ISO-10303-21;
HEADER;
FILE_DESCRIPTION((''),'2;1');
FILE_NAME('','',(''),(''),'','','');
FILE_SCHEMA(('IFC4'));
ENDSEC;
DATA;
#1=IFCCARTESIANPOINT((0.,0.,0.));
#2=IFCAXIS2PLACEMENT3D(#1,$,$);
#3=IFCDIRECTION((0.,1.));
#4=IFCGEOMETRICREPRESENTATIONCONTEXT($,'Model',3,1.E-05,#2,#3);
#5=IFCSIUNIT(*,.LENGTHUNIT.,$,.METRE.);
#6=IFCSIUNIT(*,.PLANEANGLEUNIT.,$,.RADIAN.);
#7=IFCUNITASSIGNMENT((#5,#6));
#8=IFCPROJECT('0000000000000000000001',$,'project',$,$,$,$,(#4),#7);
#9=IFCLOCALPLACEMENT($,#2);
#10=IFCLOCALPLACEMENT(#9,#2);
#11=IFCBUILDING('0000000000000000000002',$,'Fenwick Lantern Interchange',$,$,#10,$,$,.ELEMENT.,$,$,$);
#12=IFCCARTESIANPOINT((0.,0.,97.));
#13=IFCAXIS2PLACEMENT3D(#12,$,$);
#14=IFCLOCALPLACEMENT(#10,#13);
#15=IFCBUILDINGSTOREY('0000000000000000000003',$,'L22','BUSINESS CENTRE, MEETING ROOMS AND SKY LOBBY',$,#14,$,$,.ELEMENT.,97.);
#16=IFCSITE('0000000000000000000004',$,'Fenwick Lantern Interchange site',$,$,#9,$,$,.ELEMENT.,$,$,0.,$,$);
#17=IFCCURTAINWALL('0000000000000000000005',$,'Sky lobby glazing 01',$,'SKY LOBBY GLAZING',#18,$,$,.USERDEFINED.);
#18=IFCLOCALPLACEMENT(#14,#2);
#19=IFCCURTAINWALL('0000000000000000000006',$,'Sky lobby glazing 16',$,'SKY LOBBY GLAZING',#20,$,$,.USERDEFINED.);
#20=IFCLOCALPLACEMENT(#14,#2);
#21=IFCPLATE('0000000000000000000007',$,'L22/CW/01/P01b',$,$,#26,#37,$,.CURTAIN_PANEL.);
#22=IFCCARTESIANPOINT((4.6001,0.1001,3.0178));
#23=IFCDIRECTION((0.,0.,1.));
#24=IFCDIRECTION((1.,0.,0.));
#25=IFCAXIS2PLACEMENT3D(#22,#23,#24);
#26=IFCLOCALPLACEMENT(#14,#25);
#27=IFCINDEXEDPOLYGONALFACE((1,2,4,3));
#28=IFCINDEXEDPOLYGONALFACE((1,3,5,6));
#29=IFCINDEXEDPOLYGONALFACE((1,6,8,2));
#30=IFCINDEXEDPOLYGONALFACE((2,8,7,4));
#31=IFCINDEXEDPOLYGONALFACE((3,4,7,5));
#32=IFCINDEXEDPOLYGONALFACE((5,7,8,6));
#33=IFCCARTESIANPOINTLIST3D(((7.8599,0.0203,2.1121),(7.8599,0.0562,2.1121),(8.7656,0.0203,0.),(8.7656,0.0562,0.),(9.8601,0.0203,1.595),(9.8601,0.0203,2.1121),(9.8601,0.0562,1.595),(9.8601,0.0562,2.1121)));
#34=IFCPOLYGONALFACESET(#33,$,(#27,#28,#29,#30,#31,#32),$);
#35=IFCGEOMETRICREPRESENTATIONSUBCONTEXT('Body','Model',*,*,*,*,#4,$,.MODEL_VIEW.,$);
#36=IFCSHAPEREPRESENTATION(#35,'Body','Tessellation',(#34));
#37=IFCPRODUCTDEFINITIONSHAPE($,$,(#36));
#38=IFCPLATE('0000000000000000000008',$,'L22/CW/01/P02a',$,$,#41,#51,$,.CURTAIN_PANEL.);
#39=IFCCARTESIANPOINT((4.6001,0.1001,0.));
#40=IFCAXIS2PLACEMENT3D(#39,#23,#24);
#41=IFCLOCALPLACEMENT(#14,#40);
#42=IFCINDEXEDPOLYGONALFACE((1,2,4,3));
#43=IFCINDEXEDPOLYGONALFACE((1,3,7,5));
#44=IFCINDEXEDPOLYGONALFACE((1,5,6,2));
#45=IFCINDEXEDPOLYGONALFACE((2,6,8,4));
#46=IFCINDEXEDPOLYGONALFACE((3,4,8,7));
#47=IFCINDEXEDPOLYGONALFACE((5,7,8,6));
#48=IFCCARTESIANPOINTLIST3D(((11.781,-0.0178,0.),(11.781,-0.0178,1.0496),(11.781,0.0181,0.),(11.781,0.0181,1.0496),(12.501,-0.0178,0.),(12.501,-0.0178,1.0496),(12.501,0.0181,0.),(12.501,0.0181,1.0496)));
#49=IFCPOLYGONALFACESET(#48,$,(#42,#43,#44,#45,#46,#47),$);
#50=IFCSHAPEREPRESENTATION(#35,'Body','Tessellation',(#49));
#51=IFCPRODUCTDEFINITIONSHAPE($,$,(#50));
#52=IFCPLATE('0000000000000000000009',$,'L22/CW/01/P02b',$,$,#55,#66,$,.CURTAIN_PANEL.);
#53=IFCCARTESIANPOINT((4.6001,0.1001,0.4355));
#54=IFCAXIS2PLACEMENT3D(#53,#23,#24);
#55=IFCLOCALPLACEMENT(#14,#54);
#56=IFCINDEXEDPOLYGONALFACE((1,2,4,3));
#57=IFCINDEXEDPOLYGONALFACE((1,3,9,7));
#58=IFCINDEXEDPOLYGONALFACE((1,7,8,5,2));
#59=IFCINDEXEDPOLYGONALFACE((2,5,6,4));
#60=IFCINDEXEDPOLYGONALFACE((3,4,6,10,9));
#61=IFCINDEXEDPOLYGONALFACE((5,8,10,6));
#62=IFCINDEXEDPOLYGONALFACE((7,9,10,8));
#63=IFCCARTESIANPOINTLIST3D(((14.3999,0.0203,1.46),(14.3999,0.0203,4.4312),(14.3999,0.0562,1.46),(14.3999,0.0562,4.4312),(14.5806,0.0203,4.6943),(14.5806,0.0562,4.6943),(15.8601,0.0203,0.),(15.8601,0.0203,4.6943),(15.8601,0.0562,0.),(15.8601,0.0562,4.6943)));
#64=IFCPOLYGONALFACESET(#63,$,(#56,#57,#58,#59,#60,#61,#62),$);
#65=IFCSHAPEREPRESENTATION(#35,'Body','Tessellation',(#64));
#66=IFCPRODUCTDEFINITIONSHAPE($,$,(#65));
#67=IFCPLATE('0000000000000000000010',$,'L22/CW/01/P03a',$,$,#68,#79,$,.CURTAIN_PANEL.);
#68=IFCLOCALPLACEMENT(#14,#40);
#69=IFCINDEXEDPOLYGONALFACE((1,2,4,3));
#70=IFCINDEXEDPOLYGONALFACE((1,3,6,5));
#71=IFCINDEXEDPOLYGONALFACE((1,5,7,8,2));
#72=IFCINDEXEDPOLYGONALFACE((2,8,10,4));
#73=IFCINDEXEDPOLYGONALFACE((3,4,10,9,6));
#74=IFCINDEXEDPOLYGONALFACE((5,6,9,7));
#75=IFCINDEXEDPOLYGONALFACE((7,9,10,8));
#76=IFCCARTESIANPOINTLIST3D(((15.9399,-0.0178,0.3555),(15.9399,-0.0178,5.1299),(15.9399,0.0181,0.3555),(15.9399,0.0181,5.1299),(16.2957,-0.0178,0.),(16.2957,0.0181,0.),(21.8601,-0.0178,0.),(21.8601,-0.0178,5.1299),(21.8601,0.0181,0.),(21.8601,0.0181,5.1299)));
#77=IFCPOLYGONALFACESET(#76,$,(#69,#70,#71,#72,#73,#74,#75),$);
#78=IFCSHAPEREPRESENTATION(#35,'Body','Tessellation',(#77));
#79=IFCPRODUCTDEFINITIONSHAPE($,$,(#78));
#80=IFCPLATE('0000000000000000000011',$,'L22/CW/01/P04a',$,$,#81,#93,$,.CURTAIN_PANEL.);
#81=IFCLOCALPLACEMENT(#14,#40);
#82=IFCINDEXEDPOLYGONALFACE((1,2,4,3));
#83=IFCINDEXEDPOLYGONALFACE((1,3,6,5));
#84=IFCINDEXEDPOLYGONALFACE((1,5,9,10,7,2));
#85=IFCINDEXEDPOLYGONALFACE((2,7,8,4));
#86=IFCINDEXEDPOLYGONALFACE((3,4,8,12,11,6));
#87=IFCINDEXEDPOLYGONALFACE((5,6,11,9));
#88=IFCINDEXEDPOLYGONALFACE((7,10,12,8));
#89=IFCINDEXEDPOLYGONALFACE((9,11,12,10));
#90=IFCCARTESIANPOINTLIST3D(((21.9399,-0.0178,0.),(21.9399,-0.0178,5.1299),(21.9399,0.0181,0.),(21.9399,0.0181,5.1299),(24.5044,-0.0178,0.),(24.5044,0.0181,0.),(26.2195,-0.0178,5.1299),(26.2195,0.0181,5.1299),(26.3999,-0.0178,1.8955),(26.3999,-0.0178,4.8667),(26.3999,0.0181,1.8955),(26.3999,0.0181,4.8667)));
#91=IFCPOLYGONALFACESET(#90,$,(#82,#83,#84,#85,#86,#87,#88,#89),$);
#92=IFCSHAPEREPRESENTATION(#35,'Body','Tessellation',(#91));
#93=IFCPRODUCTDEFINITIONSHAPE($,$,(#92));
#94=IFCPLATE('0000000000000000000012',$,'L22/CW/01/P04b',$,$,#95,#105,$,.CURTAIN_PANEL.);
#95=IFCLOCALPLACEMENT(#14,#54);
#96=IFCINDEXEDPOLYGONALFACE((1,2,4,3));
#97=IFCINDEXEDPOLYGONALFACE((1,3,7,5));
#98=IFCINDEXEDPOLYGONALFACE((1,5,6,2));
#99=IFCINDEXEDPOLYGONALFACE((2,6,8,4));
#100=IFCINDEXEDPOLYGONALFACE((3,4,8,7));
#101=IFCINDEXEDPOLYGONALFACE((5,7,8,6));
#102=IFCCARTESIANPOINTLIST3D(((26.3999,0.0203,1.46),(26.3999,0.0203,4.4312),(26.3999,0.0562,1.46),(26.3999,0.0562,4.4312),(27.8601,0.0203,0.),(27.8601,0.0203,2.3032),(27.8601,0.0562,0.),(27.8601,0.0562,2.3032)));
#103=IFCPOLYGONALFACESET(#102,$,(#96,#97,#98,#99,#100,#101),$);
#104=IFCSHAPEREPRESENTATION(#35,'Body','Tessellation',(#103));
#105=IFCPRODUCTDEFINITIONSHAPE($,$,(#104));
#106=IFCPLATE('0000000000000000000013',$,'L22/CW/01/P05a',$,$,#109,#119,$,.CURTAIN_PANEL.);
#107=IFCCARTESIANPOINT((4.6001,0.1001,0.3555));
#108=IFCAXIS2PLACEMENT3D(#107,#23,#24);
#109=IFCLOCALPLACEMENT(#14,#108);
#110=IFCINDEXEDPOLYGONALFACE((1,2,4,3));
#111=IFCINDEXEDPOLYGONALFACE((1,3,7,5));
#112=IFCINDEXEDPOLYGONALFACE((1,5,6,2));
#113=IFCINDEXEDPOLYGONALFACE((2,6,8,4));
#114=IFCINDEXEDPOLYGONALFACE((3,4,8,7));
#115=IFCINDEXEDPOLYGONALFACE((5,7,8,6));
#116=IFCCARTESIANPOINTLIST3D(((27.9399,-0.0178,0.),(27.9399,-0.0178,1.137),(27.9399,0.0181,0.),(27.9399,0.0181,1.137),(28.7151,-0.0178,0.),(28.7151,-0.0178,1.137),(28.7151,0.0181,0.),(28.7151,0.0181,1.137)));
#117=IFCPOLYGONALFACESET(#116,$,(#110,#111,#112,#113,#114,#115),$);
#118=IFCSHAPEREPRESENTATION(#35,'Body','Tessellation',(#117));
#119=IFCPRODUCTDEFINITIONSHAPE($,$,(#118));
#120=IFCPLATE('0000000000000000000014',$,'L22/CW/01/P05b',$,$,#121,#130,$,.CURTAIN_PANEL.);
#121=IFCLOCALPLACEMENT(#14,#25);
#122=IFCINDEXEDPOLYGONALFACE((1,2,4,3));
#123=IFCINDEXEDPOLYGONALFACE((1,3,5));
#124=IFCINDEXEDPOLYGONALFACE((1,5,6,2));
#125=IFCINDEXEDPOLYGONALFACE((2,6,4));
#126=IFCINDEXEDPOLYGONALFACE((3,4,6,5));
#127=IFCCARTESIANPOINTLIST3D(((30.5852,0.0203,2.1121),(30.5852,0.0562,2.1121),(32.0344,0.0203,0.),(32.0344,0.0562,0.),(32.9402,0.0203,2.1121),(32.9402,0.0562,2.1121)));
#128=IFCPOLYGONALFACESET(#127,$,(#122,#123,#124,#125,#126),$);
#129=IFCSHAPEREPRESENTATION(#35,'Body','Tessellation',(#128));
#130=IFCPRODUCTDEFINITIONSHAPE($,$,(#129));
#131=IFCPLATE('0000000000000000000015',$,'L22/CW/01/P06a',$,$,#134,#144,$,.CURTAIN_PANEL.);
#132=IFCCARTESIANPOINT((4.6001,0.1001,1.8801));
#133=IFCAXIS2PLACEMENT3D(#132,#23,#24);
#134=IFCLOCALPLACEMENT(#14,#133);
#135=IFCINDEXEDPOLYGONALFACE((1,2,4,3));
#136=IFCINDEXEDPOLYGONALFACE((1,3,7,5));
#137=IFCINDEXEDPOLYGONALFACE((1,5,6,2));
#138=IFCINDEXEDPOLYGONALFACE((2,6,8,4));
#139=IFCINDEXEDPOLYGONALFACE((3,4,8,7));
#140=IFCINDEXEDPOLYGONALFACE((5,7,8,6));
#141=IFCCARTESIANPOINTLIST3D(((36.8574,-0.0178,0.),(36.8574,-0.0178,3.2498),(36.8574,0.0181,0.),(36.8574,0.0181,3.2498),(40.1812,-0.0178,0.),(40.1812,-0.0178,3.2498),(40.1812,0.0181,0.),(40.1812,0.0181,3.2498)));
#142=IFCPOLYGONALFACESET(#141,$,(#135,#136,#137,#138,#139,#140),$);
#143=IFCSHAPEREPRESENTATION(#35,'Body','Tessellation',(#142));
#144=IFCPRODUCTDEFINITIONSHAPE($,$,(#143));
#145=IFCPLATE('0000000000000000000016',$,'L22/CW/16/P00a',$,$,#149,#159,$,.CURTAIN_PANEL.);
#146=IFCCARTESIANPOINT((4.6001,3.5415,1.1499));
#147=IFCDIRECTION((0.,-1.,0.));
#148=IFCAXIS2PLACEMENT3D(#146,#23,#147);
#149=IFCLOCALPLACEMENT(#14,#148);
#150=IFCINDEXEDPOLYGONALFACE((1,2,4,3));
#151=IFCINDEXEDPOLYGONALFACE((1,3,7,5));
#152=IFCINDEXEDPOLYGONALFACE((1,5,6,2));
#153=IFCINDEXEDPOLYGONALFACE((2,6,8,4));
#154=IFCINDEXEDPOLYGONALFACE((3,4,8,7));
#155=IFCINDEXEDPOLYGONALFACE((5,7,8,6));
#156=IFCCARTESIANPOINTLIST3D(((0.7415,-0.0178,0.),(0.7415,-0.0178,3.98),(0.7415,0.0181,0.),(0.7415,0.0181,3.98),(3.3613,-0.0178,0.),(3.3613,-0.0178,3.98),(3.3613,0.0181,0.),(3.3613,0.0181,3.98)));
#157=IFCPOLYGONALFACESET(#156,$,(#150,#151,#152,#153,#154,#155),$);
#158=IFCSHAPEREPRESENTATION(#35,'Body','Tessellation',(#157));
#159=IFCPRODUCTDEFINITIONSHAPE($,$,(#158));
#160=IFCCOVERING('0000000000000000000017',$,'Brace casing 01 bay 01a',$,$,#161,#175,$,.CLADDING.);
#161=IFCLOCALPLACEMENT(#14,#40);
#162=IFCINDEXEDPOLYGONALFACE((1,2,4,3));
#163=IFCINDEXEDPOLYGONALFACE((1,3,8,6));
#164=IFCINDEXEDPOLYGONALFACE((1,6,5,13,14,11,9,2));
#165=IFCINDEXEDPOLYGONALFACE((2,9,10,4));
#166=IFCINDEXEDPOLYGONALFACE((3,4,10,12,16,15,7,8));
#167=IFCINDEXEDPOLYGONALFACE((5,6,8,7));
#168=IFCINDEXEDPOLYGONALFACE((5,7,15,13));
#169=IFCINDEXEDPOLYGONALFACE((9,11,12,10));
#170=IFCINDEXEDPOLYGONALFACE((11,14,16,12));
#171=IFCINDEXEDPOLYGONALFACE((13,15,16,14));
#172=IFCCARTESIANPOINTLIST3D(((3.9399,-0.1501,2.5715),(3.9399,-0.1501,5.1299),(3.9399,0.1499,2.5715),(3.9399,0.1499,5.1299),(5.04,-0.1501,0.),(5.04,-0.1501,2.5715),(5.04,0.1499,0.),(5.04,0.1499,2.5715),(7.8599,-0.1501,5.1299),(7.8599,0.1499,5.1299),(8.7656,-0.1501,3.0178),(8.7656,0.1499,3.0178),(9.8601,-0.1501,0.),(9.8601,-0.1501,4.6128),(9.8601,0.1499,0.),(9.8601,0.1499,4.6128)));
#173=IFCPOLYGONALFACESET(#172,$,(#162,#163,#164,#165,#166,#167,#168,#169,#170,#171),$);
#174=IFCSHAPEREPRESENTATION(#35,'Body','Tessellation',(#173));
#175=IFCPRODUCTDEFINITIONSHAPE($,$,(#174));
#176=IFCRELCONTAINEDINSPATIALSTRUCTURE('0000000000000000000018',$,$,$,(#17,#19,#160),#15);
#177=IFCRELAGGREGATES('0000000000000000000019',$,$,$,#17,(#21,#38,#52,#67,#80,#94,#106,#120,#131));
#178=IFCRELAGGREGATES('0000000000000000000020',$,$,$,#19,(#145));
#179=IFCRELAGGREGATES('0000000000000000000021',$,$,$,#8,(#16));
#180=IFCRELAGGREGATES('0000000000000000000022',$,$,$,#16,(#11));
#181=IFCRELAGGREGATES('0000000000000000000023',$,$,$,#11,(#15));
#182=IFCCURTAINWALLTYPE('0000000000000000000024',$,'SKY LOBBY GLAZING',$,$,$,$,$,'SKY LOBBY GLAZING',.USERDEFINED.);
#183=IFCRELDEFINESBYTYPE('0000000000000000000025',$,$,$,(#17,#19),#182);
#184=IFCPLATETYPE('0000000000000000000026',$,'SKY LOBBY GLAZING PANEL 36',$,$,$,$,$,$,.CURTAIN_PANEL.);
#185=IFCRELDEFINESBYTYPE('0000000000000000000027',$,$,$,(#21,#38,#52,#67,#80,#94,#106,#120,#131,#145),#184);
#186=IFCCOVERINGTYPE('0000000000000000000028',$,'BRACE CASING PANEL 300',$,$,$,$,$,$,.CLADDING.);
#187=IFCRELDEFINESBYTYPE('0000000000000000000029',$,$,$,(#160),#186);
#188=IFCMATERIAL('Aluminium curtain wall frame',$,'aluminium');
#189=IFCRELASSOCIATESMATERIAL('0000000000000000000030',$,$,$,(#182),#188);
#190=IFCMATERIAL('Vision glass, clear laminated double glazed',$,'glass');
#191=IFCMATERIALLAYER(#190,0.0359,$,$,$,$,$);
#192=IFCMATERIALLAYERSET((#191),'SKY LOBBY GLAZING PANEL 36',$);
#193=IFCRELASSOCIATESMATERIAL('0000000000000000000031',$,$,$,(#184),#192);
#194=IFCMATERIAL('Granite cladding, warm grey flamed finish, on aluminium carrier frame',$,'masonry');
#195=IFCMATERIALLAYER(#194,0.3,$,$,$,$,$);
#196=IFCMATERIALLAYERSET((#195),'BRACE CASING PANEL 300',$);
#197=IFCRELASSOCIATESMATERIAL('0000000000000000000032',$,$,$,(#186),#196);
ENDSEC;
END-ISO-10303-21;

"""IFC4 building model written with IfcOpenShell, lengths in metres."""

from ifc_helpers import new_model, si_unit, direction, frame, origin, place, context, subcontext, project, spatial, polyline, outline, extrude, material, layer, layer_set, type_object, element, aggregate, save


model = new_model("IFC4")

# Units and contexts
model_context = context("Model", 3, precision=1e-05, world=origin(), true_north=direction((0.0, 1.0)))
body_context = subcontext(model_context, "Body", "Model", "MODEL_VIEW")
ifc_project = project(units=[si_unit("LENGTHUNIT", "METRE"), si_unit("PLANEANGLEUNIT", "RADIAN")], contexts=[model_context])

# Site, building, storey
site_placement = place(None, origin())
site = spatial("IfcSite", under=ifc_project, at=site_placement, Name="Fenwick Lantern Interchange site", CompositionType="ELEMENT", RefElevation=0.0)
building_placement = place(site_placement, origin())
building = spatial("IfcBuilding", under=site, at=building_placement, Name="Fenwick Lantern Interchange", CompositionType="ELEMENT")
storey_placement = place(building_placement, frame((0.0, 0.0, 97.0)))
storey = spatial("IfcBuildingStorey", under=building, at=storey_placement, Name="L22", Description="BUSINESS CENTRE, MEETING ROOMS AND SKY LOBBY", CompositionType="ELEMENT", Elevation=97.0)

# Curtain walls
ifc_material_1 = material(Name="Aluminium curtain wall frame", Category="aluminium")
curtain_wall_type = type_object("IfcCurtainWallType", Name="SKY LOBBY GLAZING", ElementType="SKY LOBBY GLAZING", PredefinedType="USERDEFINED", material=ifc_material_1)
curtain_wall_1_placement = place(storey_placement, origin())
curtain_wall_1 = element("IfcCurtainWall", 1, at=curtain_wall_1_placement, inside=storey, type_object=curtain_wall_type, Name="Sky lobby glazing 01", ObjectType="SKY LOBBY GLAZING", PredefinedType="USERDEFINED")
curtain_wall_2_placement = place(storey_placement, origin())
curtain_wall_2 = element("IfcCurtainWall", 2, at=curtain_wall_2_placement, inside=storey, type_object=curtain_wall_type, Name="Sky lobby glazing 16", ObjectType="SKY LOBBY GLAZING", PredefinedType="USERDEFINED")

# Plates
ifc_material_2 = material(Name="Vision glass, clear laminated double glazed", Category="glass")
ifc_layer_1 = layer(ifc_material_2, 0.0359)
ifc_layer_set_1 = layer_set([ifc_layer_1], Name="SKY LOBBY GLAZING PANEL 36")
plate_type = type_object("IfcPlateType", Name="SKY LOBBY GLAZING PANEL 36", PredefinedType="CURTAIN_PANEL", material=ifc_layer_set_1)
plate_1_placement = place(storey_placement, frame((4.6001, 0.1001, 3.0178), z_axis=(0.0, 0.0, 1.0), x_axis=(1.0, 0.0, 0.0)))
plate_1 = element("IfcPlate", 3, at=plate_1_placement, type_object=plate_type, Name="L22/CW/01/P01b", PredefinedType="CURTAIN_PANEL", context=body_context, shape_type="SweptSolid", body=[
    extrude(outline(polyline([(8.7656, 0.0), (9.8601, 1.595), (9.8601, 2.1121), (7.8599, 2.1121), (8.7656, 0.0)])), frame((0.0, 0.0562, 0.0), z_axis=(0.0, -1.0, 0.0), x_axis=(1.0, 0.0, 0.0)), (0.0, 0.0, 1.0), 0.0359),
])
plate_2_placement = place(storey_placement, frame((4.6001, 0.1001, 0.0), z_axis=(0.0, 0.0, 1.0), x_axis=(1.0, 0.0, 0.0)))
plate_2 = element("IfcPlate", 4, at=plate_2_placement, type_object=plate_type, Name="L22/CW/01/P02a", PredefinedType="CURTAIN_PANEL", context=body_context, shape_type="SweptSolid", body=[
    extrude(outline(polyline([(11.781, 0.0), (12.501, 0.0), (12.501, 1.0496), (11.781, 1.0496), (11.781, 0.0)])), frame((0.0, 0.0181, 0.0), z_axis=(0.0, -1.0, 0.0), x_axis=(1.0, 0.0, 0.0)), (0.0, 0.0, 1.0), 0.0359),
])
plate_3_placement = place(storey_placement, frame((4.6001, 0.1001, 0.4355), z_axis=(0.0, 0.0, 1.0), x_axis=(1.0, 0.0, 0.0)))
plate_3 = element("IfcPlate", 5, at=plate_3_placement, type_object=plate_type, Name="L22/CW/01/P02b", PredefinedType="CURTAIN_PANEL", context=body_context, shape_type="SweptSolid", body=[
    extrude(outline(polyline([(15.8601, 0.0), (15.8601, 4.6943), (14.5806, 4.6943), (14.3999, 4.4312), (14.3999, 1.46), (15.8601, 0.0)])), frame((0.0, 0.0562, 0.0), z_axis=(0.0, -1.0, 0.0), x_axis=(1.0, 0.0, 0.0)), (0.0, 0.0, 1.0), 0.0359),
])
plate_4_placement = place(storey_placement, frame((4.6001, 0.1001, 0.0), z_axis=(0.0, 0.0, 1.0), x_axis=(1.0, 0.0, 0.0)))
plate_4 = element("IfcPlate", 6, at=plate_4_placement, type_object=plate_type, Name="L22/CW/01/P03a", PredefinedType="CURTAIN_PANEL", context=body_context, shape_type="SweptSolid", body=[
    extrude(outline(polyline([(16.2957, 0.0), (21.8601, 0.0), (21.8601, 5.1299), (15.9399, 5.1299), (15.9399, 0.3555), (16.2957, 0.0)])), frame((0.0, 0.0181, 0.0), z_axis=(0.0, -1.0, 0.0), x_axis=(1.0, 0.0, 0.0)), (0.0, 0.0, 1.0), 0.0359),
])
plate_5_placement = place(storey_placement, frame((4.6001, 0.1001, 0.0), z_axis=(0.0, 0.0, 1.0), x_axis=(1.0, 0.0, 0.0)))
plate_5 = element("IfcPlate", 7, at=plate_5_placement, type_object=plate_type, Name="L22/CW/01/P04a", PredefinedType="CURTAIN_PANEL", context=body_context, shape_type="SweptSolid", body=[
    extrude(outline(polyline([(21.9399, 0.0), (24.5044, 0.0), (26.3999, 1.8955), (26.3999, 4.8667), (26.2195, 5.1299), (21.9399, 5.1299), (21.9399, 0.0)])), frame((0.0, 0.0181, 0.0), z_axis=(0.0, -1.0, 0.0), x_axis=(1.0, 0.0, 0.0)), (0.0, 0.0, 1.0), 0.0359),
])
plate_6_placement = place(storey_placement, frame((4.6001, 0.1001, 0.4355), z_axis=(0.0, 0.0, 1.0), x_axis=(1.0, 0.0, 0.0)))
plate_6 = element("IfcPlate", 8, at=plate_6_placement, type_object=plate_type, Name="L22/CW/01/P04b", PredefinedType="CURTAIN_PANEL", context=body_context, shape_type="SweptSolid", body=[
    extrude(outline(polyline([(27.8601, 0.0), (27.8601, 2.3032), (26.3999, 4.4312), (26.3999, 1.46), (27.8601, 0.0)])), frame((0.0, 0.0562, 0.0), z_axis=(0.0, -1.0, 0.0), x_axis=(1.0, 0.0, 0.0)), (0.0, 0.0, 1.0), 0.0359),
])
plate_7_placement = place(storey_placement, frame((4.6001, 0.1001, 0.3555), z_axis=(0.0, 0.0, 1.0), x_axis=(1.0, 0.0, 0.0)))
plate_7 = element("IfcPlate", 9, at=plate_7_placement, type_object=plate_type, Name="L22/CW/01/P05a", PredefinedType="CURTAIN_PANEL", context=body_context, shape_type="SweptSolid", body=[
    extrude(outline(polyline([(27.9399, 0.0), (28.7151, 0.0), (28.7151, 1.137), (27.9399, 1.137), (27.9399, 0.0)])), frame((0.0, 0.0181, 0.0), z_axis=(0.0, -1.0, 0.0), x_axis=(1.0, 0.0, 0.0)), (0.0, 0.0, 1.0), 0.0359),
])
plate_8_placement = place(storey_placement, frame((4.6001, 0.1001, 3.0178), z_axis=(0.0, 0.0, 1.0), x_axis=(1.0, 0.0, 0.0)))
plate_8 = element("IfcPlate", 10, at=plate_8_placement, type_object=plate_type, Name="L22/CW/01/P05b", PredefinedType="CURTAIN_PANEL", context=body_context, shape_type="SweptSolid", body=[
    extrude(outline(polyline([(32.0344, 0.0), (32.9402, 2.1121), (30.5852, 2.1121), (32.0344, 0.0)])), frame((0.0, 0.0562, 0.0), z_axis=(0.0, -1.0, 0.0), x_axis=(1.0, 0.0, 0.0)), (0.0, 0.0, 1.0), 0.0359),
])
plate_9_placement = place(storey_placement, frame((4.6001, 0.1001, 1.8801), z_axis=(0.0, 0.0, 1.0), x_axis=(1.0, 0.0, 0.0)))
plate_9 = element("IfcPlate", 11, at=plate_9_placement, type_object=plate_type, Name="L22/CW/01/P06a", PredefinedType="CURTAIN_PANEL", context=body_context, shape_type="SweptSolid", body=[
    extrude(outline(polyline([(36.8574, 0.0), (40.1812, 0.0), (40.1812, 3.2498), (36.8574, 3.2498), (36.8574, 0.0)])), frame((0.0, 0.0181, 0.0), z_axis=(0.0, -1.0, 0.0), x_axis=(1.0, 0.0, 0.0)), (0.0, 0.0, 1.0), 0.0359),
])
aggregate(curtain_wall_1, [plate_1, plate_2, plate_3, plate_4, plate_5, plate_6, plate_7, plate_8, plate_9])
plate_10_placement = place(storey_placement, frame((4.6001, 3.5415, 1.1499), z_axis=(0.0, 0.0, 1.0), x_axis=(0.0, -1.0, 0.0)))
plate_10 = element("IfcPlate", 12, at=plate_10_placement, type_object=plate_type, Name="L22/CW/16/P00a", PredefinedType="CURTAIN_PANEL", context=body_context, shape_type="SweptSolid", body=[
    extrude(outline(polyline([(0.7415, 0.0), (3.3613, 0.0), (3.3613, 3.98), (0.7415, 3.98), (0.7415, 0.0)])), frame((0.0, 0.0181, 0.0), z_axis=(0.0, -1.0, 0.0), x_axis=(1.0, 0.0, 0.0)), (0.0, 0.0, 1.0), 0.0359),
])
aggregate(curtain_wall_2, [plate_10])

# Covering
ifc_material_3 = material(Name="Granite cladding, warm grey flamed finish, on aluminium carrier frame", Category="masonry")
ifc_layer_2 = layer(ifc_material_3, 0.3)
ifc_layer_set_2 = layer_set([ifc_layer_2], Name="BRACE CASING PANEL 300")
covering_type = type_object("IfcCoveringType", Name="BRACE CASING PANEL 300", PredefinedType="CLADDING", material=ifc_layer_set_2)
covering_1_placement = place(storey_placement, frame((4.6001, 0.1001, 0.0), z_axis=(0.0, 0.0, 1.0), x_axis=(1.0, 0.0, 0.0)))
element("IfcCovering", 13, at=covering_1_placement, inside=storey, type_object=covering_type, Name="Brace casing 01 bay 01a", PredefinedType="CLADDING", context=body_context, shape_type="SweptSolid", body=[
    extrude(outline(polyline([(5.04, 0.0), (9.8601, 0.0), (9.8601, 4.6128), (8.7656, 3.0178), (7.8599, 5.1299), (3.9399, 5.1299), (3.9399, 2.5715), (5.04, 2.5715), (5.04, 0.0)])), frame((0.0, 0.1499, 0.0), z_axis=(0.0, -1.0, 0.0), x_axis=(1.0, 0.0, 0.0)), (0.0, 0.0, 1.0), 0.3),
])

save(model, "model.ifc")
